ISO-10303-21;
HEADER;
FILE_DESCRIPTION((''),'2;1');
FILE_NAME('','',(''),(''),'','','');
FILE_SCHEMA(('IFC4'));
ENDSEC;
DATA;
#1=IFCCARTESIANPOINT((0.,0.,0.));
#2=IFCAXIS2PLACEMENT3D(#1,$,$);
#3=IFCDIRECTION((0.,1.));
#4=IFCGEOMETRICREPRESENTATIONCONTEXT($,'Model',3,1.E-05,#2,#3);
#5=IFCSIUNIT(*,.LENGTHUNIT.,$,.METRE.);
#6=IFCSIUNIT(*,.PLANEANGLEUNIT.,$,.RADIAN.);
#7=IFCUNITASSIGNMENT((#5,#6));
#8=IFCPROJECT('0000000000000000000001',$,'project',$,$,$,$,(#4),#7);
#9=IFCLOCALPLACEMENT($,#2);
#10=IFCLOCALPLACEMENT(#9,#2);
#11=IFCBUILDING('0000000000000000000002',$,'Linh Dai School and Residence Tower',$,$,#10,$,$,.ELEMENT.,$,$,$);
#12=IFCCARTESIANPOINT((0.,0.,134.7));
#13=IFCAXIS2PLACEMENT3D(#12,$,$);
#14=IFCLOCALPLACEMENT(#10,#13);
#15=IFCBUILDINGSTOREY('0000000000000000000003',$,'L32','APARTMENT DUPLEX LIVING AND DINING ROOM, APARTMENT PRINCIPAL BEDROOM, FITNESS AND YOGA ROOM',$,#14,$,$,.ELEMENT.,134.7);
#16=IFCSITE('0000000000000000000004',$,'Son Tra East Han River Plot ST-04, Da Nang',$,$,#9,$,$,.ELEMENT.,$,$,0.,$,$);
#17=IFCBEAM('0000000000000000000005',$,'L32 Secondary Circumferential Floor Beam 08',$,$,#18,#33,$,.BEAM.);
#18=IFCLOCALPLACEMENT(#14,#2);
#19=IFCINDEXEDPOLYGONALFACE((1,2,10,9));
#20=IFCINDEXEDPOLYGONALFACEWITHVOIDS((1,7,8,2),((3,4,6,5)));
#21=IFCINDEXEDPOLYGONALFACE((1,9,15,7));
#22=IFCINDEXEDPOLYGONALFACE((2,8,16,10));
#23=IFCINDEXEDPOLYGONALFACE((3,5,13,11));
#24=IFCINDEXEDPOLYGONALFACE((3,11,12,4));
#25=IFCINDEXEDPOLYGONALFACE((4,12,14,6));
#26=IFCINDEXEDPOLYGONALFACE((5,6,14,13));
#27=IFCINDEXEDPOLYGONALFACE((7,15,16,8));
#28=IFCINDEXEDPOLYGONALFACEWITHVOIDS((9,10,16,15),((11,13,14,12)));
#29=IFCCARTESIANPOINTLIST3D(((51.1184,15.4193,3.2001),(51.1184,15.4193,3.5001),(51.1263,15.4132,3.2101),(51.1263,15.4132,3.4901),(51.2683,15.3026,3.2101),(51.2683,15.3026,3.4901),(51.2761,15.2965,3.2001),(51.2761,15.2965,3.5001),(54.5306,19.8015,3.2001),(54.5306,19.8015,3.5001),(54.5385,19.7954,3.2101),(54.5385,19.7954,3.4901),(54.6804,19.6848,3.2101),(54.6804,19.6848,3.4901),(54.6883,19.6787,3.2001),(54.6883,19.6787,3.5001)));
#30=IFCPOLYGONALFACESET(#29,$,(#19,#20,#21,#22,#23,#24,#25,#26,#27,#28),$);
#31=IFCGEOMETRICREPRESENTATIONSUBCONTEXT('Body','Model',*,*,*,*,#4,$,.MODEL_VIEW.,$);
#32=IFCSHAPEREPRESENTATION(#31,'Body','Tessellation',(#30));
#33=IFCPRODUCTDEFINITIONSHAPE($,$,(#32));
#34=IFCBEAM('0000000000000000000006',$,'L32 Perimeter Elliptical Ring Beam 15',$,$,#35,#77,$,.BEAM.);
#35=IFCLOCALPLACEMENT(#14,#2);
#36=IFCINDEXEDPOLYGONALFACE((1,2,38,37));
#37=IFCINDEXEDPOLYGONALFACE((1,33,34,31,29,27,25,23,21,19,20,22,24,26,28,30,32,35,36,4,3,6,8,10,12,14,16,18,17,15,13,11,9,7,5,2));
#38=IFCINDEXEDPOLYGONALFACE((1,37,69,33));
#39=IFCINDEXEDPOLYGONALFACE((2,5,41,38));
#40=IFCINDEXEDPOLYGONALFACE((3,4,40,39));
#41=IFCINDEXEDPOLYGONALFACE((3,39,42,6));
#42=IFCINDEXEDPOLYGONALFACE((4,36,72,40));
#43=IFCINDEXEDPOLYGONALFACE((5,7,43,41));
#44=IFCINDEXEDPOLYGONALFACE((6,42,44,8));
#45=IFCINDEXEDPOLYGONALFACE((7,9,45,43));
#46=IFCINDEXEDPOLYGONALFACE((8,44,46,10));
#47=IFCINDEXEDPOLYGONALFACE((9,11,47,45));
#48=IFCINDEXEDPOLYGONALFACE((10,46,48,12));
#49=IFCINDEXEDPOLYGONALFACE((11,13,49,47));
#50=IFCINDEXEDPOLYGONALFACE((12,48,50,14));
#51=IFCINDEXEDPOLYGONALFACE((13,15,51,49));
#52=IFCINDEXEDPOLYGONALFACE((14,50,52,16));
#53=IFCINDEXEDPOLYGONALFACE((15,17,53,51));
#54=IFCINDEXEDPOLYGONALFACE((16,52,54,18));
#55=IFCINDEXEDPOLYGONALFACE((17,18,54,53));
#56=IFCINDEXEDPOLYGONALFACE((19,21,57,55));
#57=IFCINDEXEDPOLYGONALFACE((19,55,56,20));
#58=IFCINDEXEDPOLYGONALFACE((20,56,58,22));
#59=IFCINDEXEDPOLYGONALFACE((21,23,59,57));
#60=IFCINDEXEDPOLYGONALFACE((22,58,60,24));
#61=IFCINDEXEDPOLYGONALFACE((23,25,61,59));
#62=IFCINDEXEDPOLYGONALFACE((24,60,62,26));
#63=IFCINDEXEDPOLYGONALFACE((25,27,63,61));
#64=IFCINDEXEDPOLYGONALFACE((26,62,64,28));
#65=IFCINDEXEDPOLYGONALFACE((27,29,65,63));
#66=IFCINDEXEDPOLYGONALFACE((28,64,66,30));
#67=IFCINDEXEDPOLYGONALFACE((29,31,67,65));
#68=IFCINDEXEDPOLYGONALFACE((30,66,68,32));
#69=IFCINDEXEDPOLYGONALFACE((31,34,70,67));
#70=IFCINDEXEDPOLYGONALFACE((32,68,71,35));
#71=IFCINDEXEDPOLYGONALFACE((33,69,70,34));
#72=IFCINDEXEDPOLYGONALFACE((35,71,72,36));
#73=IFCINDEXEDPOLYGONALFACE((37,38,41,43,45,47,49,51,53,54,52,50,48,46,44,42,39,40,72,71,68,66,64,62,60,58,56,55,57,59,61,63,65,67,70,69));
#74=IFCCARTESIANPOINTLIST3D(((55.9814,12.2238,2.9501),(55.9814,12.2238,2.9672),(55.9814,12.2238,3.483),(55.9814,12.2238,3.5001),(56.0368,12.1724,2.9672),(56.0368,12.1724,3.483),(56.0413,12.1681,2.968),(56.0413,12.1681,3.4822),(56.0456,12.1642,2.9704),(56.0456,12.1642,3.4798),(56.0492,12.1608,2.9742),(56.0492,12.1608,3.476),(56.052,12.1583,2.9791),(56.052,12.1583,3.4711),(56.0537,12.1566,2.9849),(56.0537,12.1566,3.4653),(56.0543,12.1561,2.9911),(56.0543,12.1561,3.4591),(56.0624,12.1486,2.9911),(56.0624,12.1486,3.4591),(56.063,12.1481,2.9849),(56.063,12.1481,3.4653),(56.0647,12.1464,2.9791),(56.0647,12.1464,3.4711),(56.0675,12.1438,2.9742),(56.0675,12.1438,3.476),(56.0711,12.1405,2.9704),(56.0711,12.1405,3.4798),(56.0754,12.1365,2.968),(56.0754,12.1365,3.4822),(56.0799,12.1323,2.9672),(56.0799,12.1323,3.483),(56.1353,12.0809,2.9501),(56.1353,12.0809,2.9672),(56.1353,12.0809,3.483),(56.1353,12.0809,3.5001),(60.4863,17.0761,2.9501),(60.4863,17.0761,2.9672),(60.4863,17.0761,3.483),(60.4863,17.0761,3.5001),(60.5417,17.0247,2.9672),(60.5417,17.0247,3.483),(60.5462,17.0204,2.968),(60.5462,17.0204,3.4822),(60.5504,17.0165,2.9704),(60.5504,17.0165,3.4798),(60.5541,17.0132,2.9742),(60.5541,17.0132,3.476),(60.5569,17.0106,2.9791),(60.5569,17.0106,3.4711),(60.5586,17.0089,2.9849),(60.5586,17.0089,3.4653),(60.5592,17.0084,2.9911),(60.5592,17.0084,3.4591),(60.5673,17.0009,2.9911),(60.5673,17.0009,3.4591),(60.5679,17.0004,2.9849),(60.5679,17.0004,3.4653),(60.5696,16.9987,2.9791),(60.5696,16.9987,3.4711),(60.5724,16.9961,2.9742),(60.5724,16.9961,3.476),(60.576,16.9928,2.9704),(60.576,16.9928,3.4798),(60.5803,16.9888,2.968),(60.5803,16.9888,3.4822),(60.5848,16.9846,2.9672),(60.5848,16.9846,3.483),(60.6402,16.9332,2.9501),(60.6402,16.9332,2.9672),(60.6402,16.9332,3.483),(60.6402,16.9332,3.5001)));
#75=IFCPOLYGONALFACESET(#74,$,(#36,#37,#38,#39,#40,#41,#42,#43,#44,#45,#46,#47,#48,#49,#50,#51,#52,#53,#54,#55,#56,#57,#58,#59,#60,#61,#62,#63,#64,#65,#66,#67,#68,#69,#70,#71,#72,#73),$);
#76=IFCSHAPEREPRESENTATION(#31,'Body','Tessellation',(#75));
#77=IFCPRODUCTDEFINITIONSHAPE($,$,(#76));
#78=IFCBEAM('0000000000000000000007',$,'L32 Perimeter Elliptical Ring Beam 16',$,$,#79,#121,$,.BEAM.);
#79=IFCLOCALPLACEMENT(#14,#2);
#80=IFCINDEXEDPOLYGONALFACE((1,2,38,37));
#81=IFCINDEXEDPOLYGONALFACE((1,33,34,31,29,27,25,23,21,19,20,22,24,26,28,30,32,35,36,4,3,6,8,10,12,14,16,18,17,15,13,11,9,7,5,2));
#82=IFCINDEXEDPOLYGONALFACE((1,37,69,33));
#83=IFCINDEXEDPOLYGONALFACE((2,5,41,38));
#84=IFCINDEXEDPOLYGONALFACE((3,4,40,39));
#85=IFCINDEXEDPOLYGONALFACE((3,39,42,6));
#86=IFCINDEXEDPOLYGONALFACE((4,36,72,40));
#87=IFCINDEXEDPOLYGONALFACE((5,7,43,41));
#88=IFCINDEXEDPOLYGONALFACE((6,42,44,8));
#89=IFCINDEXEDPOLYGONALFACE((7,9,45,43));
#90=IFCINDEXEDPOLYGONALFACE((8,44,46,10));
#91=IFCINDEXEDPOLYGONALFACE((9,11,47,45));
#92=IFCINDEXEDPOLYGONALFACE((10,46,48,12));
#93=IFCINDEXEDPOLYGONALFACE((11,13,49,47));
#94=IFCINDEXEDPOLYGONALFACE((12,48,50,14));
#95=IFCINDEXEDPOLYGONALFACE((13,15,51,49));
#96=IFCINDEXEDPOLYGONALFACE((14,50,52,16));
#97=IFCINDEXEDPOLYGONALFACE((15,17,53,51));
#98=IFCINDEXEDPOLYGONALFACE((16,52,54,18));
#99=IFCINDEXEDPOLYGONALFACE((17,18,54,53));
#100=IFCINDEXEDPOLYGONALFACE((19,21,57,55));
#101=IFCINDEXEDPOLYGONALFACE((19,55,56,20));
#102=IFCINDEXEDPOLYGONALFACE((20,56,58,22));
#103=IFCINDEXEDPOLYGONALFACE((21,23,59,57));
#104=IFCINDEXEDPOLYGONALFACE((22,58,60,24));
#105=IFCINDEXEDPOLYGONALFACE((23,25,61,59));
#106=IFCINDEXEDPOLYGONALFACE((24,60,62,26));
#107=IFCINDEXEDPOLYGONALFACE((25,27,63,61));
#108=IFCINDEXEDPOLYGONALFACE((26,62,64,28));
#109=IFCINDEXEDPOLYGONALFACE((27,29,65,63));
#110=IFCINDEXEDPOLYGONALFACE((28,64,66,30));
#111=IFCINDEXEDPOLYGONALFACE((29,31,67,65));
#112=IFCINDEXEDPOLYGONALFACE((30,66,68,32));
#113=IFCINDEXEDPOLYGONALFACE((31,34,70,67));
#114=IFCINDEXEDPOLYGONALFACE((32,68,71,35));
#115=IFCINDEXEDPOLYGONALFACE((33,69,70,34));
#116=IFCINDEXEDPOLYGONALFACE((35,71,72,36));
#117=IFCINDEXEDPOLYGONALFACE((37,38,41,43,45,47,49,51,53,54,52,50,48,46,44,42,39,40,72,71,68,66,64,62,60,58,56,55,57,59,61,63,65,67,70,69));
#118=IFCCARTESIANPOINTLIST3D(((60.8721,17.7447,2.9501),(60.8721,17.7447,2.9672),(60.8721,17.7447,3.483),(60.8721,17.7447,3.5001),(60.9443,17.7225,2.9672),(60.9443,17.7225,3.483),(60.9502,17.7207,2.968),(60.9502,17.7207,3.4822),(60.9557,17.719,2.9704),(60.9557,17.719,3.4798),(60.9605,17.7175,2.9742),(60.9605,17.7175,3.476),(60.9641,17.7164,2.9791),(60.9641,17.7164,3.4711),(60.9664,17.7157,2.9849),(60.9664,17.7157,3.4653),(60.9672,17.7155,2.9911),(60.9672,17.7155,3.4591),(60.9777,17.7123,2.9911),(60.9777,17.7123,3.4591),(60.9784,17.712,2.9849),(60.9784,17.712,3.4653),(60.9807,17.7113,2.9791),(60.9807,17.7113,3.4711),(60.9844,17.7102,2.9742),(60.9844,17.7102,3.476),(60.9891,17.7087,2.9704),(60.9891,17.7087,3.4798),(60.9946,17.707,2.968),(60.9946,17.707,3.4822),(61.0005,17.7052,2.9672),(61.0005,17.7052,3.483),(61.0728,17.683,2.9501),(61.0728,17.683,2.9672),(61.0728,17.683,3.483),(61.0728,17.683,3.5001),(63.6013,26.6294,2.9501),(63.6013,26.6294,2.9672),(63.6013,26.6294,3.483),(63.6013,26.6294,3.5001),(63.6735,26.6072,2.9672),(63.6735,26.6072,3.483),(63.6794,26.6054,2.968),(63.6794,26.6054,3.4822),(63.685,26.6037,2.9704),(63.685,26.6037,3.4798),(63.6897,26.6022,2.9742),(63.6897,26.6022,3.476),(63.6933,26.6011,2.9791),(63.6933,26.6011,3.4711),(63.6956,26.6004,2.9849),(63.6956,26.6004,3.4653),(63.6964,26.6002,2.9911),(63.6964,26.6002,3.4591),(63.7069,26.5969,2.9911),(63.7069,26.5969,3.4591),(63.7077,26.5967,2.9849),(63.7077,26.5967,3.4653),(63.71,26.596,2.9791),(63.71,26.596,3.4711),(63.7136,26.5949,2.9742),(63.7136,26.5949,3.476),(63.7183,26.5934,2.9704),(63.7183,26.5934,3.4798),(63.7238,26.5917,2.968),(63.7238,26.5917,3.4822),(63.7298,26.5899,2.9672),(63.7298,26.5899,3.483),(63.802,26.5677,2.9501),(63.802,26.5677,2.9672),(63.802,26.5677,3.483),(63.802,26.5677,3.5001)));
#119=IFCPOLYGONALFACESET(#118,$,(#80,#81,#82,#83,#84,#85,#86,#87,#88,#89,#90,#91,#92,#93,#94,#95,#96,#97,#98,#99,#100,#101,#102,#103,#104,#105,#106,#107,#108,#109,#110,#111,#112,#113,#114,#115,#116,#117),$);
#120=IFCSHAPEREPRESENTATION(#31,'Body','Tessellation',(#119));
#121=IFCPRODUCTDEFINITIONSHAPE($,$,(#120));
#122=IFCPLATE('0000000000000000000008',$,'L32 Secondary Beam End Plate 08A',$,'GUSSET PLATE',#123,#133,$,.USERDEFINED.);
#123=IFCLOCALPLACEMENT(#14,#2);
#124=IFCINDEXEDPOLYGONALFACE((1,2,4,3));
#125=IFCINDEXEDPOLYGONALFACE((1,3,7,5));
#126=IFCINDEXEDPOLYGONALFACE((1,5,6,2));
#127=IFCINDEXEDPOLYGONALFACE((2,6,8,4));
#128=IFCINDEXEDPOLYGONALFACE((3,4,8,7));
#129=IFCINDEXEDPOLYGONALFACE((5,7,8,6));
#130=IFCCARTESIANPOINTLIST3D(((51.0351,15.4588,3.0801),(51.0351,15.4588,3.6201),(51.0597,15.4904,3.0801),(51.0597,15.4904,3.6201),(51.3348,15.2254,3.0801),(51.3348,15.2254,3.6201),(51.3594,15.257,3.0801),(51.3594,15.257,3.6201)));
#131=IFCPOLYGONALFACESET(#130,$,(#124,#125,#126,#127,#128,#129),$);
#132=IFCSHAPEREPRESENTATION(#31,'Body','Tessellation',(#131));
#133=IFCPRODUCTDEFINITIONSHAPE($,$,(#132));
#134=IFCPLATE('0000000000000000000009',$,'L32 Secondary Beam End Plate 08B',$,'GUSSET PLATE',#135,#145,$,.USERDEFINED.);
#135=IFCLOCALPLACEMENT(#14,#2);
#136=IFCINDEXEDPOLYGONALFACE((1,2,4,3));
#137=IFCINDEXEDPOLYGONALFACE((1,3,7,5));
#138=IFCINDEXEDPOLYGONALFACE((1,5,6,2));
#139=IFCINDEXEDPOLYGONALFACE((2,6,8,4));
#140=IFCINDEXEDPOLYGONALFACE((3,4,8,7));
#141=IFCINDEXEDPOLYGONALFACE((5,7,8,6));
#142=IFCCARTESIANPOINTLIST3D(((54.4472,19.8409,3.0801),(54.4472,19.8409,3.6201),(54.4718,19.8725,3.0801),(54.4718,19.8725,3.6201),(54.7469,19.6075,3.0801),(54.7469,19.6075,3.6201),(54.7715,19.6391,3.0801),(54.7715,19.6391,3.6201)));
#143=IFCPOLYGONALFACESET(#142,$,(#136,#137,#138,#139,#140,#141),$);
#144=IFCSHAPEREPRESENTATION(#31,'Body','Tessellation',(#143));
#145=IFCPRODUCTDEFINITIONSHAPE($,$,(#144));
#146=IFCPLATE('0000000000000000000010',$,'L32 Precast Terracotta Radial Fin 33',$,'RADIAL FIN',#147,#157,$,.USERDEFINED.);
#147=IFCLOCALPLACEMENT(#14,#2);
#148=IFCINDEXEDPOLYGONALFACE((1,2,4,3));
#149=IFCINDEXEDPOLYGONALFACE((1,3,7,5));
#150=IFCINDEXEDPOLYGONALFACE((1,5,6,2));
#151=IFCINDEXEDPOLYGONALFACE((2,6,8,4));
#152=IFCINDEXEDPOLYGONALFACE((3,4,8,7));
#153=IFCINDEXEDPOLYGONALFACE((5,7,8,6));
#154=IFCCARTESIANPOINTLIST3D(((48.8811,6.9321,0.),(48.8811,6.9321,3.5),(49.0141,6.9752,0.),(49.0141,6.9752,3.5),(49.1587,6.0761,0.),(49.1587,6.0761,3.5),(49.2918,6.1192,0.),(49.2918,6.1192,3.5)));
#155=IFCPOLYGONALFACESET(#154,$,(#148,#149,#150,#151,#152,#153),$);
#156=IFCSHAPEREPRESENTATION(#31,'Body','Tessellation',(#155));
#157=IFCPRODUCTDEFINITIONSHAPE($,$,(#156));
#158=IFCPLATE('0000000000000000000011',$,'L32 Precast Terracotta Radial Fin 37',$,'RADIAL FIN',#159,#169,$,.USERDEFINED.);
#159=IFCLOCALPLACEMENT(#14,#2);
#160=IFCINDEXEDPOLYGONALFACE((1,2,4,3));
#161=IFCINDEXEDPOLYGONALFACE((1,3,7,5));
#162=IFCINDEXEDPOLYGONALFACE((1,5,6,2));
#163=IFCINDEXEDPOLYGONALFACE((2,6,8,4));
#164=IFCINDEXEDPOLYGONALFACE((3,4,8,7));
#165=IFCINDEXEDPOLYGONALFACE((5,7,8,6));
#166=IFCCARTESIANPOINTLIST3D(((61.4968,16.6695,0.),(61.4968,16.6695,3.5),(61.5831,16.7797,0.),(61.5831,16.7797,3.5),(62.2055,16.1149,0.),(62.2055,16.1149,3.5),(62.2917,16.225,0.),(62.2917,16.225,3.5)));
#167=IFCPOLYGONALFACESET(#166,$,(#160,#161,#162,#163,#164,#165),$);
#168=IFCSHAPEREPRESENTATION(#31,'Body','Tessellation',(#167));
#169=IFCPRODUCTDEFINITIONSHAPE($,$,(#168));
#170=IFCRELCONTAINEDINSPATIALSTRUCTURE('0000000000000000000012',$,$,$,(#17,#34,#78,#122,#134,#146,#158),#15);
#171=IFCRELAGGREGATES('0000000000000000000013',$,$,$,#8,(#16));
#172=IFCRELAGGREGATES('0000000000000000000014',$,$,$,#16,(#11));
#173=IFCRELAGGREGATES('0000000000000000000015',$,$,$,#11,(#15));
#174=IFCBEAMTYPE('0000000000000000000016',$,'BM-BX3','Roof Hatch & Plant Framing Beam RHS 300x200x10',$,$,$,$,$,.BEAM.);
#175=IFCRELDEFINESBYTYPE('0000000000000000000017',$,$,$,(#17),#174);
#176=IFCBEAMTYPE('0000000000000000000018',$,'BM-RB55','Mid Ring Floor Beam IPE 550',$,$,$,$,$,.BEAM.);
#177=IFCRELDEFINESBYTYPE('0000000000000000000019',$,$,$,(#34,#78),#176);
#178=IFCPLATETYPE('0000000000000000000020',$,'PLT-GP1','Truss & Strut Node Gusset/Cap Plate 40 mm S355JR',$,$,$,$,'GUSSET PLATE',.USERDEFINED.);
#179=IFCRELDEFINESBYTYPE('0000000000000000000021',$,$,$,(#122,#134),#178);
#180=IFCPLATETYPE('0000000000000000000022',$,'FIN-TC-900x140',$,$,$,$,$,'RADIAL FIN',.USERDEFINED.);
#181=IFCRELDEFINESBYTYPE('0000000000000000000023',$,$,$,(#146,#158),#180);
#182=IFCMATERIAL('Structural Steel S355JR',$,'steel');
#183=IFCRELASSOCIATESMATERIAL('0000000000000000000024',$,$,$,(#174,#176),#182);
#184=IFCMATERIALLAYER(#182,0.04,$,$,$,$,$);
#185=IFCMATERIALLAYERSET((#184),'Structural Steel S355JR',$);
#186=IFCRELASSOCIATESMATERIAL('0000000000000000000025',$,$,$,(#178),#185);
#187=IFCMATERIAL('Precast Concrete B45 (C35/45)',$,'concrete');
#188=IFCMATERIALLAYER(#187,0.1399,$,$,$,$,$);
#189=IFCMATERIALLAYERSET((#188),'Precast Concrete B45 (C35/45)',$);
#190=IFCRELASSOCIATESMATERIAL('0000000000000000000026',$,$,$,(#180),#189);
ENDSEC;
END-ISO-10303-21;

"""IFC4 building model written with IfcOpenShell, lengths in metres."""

from ifc_helpers import new_model, si_unit, direction, frame, origin, origin_2d, place, context, subcontext, project, spatial, rectangle, hollow_rectangle, i_section, extrude, source, transform, mapped, material, layer, layer_set, material_profile, profile_set, type_object, element, save


model = new_model("IFC4")

# Units and contexts
model_context = context("Model", 3, precision=1e-05, world=origin(), true_north=direction((0.0, 1.0)))
body_context = subcontext(model_context, "Body", "Model", "MODEL_VIEW")
ifc_project = project(units=[si_unit("LENGTHUNIT", "METRE"), si_unit("PLANEANGLEUNIT", "RADIAN")], contexts=[model_context])

# Site, building, storey
site_placement = place(None, origin())
site = spatial("IfcSite", under=ifc_project, at=site_placement, Name="Son Tra East Han River Plot ST-04, Da Nang", CompositionType="ELEMENT", RefElevation=0.0)
building_placement = place(site_placement, origin())
building = spatial("IfcBuilding", under=site, at=building_placement, Name="Linh Dai School and Residence Tower", CompositionType="ELEMENT")
storey_placement = place(building_placement, frame((0.0, 0.0, 134.7)))
storey = spatial("IfcBuildingStorey", under=building, at=storey_placement, Name="L32", Description="APARTMENT DUPLEX LIVING AND DINING ROOM, APARTMENT PRINCIPAL BEDROOM, FITNESS AND YOGA ROOM", CompositionType="ELEMENT", Elevation=134.7)

# Shared definitions
ifc_material_1 = material(Name="Structural Steel S355JR", Category="steel")

# Beams
ifc_material_profile_1 = material_profile(ifc_material_1, hollow_rectangle(XDim=0.2, YDim=0.3, WallThickness=0.01, at=origin_2d()), Name="RHS 300x200x10")
ifc_profile_set_1 = profile_set([ifc_material_profile_1], Name="Structural Steel S355JR")
beam_type_1 = type_object("IfcBeamType", Name="BM-BX3", Description="Roof Hatch & Plant Framing Beam RHS 300x200x10", PredefinedType="BEAM", material=ifc_profile_set_1)
beam_1_placement = place(storey_placement, frame((51.1973, 15.3579, 3.3501), z_axis=(0.61437, 0.789018, 0.0), x_axis=(-0.789018, 0.61437, 0.0)))
element("IfcBeam", 1, at=beam_1_placement, inside=storey, type_object=beam_type_1, Name="L32 Secondary Circumferential Floor Beam 08", PredefinedType="BEAM", context=body_context, shape_type="SweptSolid", body=[
    extrude(hollow_rectangle(XDim=0.2, YDim=0.3, WallThickness=0.01, at=origin_2d()), origin(), (0.0, 0.0, 1.0), 5.554),
])
ifc_material_profile_2 = material_profile(ifc_material_1, i_section(OverallWidth=0.21, OverallDepth=0.55, WebThickness=0.011, FlangeThickness=0.0171, FilletRadius=0.0239, at=origin_2d()), Name="IPE 550")
ifc_profile_set_2 = profile_set([ifc_material_profile_2], Name="Structural Steel S355JR")
beam_type_2 = type_object("IfcBeamType", Name="BM-RB55", Description="Mid Ring Floor Beam IPE 550", PredefinedType="BEAM", material=ifc_profile_set_2)
beam_2_placement = place(storey_placement, frame((56.0583, 12.1523, 3.2251), z_axis=(0.680385, 0.732855, 0.0), x_axis=(-0.732855, 0.680385, 0.0)))
element("IfcBeam", 2, at=beam_2_placement, inside=storey, type_object=beam_type_2, Name="L32 Perimeter Elliptical Ring Beam 15", PredefinedType="BEAM", context=body_context, shape_type="SweptSolid", body=[
    extrude(i_section(OverallWidth=0.21, OverallDepth=0.55, WebThickness=0.011, FlangeThickness=0.0171, FilletRadius=0.0239, at=origin_2d()), origin(), (0.0, 0.0, 1.0), 6.6211),
])
beam_3_placement = place(storey_placement, frame((60.9724, 17.7139, 3.2251), z_axis=(0.293641, 0.955916, 0.0), x_axis=(-0.955916, 0.293641, 0.0)))
element("IfcBeam", 3, at=beam_3_placement, inside=storey, type_object=beam_type_2, Name="L32 Perimeter Elliptical Ring Beam 16", PredefinedType="BEAM", context=body_context, shape_type="SweptSolid", body=[
    extrude(i_section(OverallWidth=0.21, OverallDepth=0.55, WebThickness=0.011, FlangeThickness=0.0171, FilletRadius=0.0239, at=origin_2d()), origin(), (0.0, 0.0, 1.0), 9.2944),
])

# Plates
ifc_layer_1 = layer(ifc_material_1, 0.04)
ifc_layer_set_1 = layer_set([ifc_layer_1], Name="Structural Steel S355JR")
plate_type_1 = type_object("IfcPlateType", Name="PLT-GP1", Description="Truss & Strut Node Gusset/Cap Plate 40 mm S355JR", ElementType="GUSSET PLATE", PredefinedType="USERDEFINED", material=ifc_layer_set_1)
shared_shape_1 = source(origin(), body_context, "Body", "SweptSolid", [
    extrude(rectangle(XDim=0.04, YDim=0.3799, at=origin_2d()), origin(), (0.0, 0.0, 1.0), 0.54),
])
for number, where, z_axis, x_axis, name in (
    (4, (51.1973, 15.3579, 3.0801), (0.0, 0.0, 1.0), (0.614363, 0.789024, 0.0), "L32 Secondary Beam End Plate 08A"),
    (5, (54.6094, 19.74, 3.0801), (0.0, 0.0, 1.0), (0.614363, 0.789024, 0.0), "L32 Secondary Beam End Plate 08B"),
):
    element("IfcPlate", number, at=place(storey_placement, frame(where, z_axis=z_axis, x_axis=x_axis)), inside=storey, type_object=plate_type_1, Name=name, ObjectType="GUSSET PLATE", PredefinedType="USERDEFINED", context=body_context, shape_type="MappedRepresentation", body=[
        mapped(shared_shape_1, transform((0.0, 0.0, 0.0), x_axis=(1.0, 0.0, 0.0), y_axis=(0.0, 1.0, 0.0), z_axis=(0.0, 0.0, 1.0), scale=1.0)),
    ])
ifc_material_2 = material(Name="Precast Concrete B45 (C35/45)", Category="concrete")
ifc_layer_2 = layer(ifc_material_2, 0.1399)
ifc_layer_set_2 = layer_set([ifc_layer_2], Name="Precast Concrete B45 (C35/45)")
plate_type_2 = type_object("IfcPlateType", Name="FIN-TC-900x140", ElementType="RADIAL FIN", PredefinedType="USERDEFINED", material=ifc_layer_set_2)
shared_shape_2 = source(origin(), body_context, "Body", "SweptSolid", [
    extrude(rectangle(XDim=0.8999, YDim=0.1399, at=origin_2d()), origin(), (0.0, 0.0, 1.0), 3.5),
])
for number, where, z_axis, x_axis, name in (
    (6, (49.0864, 6.5256, 0.0), (0.0, 0.0, 1.0), (0.308522, -0.951217, 0.0), "L32 Precast Terracotta Radial Fin 33"),
    (7, (61.8943, 16.4473, 0.0), (0.0, 0.0, 1.0), (0.787508, -0.616305, 0.0), "L32 Precast Terracotta Radial Fin 37"),
):
    element("IfcPlate", number, at=place(storey_placement, frame(where, z_axis=z_axis, x_axis=x_axis)), inside=storey, type_object=plate_type_2, Name=name, ObjectType="RADIAL FIN", PredefinedType="USERDEFINED", context=body_context, shape_type="MappedRepresentation", body=[
        mapped(shared_shape_2, transform((0.0, 0.0, 0.0), x_axis=(1.0, 0.0, 0.0), y_axis=(0.0, 1.0, 0.0), z_axis=(0.0, 0.0, 1.0), scale=1.0)),
    ])

save(model, "model.ifc")
